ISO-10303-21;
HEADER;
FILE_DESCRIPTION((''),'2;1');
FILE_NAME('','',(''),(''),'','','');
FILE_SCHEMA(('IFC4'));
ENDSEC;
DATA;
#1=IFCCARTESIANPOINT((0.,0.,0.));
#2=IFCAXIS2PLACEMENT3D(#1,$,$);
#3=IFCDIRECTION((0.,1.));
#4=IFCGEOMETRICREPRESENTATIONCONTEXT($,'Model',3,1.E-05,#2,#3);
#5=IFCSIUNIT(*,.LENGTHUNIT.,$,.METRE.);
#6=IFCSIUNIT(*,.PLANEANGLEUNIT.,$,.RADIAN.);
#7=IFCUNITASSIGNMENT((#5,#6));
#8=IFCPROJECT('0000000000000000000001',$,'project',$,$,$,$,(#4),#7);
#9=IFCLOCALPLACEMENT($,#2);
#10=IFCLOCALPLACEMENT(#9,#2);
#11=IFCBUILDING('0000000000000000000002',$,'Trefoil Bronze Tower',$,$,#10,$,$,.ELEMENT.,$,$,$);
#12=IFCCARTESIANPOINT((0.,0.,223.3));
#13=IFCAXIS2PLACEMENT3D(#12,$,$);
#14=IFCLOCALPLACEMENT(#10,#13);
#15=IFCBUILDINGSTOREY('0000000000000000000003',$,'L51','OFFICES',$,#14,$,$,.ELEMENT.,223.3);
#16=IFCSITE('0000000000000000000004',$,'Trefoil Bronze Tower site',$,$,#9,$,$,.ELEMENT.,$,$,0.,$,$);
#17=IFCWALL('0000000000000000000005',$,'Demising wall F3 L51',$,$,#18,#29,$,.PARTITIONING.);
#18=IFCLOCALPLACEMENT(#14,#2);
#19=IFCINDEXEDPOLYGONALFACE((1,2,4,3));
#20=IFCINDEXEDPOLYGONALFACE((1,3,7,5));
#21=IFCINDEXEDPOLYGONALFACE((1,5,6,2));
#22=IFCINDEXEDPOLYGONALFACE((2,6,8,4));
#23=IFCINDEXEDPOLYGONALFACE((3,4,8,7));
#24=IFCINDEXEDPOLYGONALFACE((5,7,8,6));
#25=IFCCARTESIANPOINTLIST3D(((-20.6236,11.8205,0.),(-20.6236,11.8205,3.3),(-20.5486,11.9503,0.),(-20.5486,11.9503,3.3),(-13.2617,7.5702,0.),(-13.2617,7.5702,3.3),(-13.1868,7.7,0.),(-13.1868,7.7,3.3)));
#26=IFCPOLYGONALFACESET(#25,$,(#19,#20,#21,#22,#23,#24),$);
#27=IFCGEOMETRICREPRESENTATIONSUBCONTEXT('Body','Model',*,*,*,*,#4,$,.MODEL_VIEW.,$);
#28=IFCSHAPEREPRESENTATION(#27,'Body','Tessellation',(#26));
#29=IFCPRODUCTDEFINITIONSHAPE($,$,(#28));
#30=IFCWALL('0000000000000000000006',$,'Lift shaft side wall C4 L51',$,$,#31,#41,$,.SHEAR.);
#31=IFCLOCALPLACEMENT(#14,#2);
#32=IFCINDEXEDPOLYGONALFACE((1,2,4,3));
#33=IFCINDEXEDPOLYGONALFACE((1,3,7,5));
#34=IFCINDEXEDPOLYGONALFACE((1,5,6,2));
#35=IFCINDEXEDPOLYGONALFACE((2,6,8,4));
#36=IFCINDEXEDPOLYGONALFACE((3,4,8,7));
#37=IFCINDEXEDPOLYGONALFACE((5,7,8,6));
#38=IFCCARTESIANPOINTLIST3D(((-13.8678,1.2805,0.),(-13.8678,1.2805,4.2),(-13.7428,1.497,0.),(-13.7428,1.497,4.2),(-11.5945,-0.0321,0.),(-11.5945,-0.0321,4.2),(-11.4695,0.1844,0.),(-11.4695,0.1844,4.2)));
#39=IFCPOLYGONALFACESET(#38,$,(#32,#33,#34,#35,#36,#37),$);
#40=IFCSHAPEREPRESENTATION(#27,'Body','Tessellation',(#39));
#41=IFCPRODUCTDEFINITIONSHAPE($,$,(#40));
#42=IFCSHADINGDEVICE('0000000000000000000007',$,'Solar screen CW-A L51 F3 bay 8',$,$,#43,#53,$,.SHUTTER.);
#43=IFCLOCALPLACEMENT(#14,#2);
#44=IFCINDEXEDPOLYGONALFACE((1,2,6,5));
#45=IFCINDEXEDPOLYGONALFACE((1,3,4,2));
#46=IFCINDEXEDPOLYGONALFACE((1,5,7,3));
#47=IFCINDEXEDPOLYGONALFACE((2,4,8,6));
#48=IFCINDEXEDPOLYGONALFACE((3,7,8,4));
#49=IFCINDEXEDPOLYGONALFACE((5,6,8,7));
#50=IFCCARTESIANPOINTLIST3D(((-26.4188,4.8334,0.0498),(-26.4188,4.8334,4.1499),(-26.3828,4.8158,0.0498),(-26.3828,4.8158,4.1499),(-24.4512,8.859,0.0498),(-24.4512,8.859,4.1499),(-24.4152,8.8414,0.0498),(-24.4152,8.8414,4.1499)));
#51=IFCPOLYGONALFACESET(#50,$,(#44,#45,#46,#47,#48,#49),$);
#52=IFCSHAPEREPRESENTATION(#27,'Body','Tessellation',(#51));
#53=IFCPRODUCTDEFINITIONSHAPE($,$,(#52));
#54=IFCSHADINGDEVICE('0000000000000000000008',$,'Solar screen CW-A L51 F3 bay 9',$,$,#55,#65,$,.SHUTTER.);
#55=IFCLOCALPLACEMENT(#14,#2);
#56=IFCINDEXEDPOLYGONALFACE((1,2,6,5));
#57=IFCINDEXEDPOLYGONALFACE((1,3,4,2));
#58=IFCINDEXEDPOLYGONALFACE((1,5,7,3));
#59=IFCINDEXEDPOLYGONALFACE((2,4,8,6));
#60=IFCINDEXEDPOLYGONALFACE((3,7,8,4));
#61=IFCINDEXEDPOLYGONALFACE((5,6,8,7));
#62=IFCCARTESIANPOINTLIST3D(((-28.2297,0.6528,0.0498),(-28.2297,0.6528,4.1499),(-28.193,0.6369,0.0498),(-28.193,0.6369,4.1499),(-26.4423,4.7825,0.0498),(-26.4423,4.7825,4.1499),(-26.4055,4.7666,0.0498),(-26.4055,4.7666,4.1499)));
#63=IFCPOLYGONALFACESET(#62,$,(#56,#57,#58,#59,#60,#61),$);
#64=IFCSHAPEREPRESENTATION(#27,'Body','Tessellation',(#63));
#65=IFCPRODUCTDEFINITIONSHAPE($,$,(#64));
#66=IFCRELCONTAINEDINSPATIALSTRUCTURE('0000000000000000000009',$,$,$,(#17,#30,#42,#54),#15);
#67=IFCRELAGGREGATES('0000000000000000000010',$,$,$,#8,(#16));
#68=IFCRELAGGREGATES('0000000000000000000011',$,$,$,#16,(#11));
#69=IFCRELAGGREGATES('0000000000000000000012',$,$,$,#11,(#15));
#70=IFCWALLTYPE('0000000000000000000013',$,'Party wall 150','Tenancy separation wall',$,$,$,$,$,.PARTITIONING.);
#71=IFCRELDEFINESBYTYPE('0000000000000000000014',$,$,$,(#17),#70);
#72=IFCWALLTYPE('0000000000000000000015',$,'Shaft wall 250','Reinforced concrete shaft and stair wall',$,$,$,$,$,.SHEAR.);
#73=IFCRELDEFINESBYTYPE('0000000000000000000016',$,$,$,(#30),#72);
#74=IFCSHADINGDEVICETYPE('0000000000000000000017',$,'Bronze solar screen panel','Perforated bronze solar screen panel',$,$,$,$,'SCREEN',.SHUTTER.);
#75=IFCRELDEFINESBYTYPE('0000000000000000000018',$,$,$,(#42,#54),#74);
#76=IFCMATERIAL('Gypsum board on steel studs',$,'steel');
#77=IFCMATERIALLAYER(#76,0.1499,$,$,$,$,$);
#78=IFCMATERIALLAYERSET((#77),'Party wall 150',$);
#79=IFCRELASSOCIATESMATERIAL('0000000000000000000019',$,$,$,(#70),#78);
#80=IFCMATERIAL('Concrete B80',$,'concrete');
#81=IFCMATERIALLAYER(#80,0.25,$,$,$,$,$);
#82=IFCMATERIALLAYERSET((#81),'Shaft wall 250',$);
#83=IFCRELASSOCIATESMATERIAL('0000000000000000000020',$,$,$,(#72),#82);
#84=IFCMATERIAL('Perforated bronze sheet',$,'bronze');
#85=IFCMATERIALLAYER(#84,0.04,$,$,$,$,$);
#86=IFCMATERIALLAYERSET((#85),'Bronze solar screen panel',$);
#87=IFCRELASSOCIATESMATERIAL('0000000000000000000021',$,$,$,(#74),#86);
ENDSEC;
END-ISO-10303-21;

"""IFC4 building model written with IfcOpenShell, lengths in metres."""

from ifc_helpers import new_model, si_unit, direction, frame, frame_2d, origin, origin_2d, place, context, subcontext, project, spatial, rectangle, extrude, material, layer, layer_set, type_object, element, save


model = new_model("IFC4")

# Units and contexts
model_context = context("Model", 3, precision=1e-05, world=origin(), true_north=direction((0.0, 1.0)))
body_context = subcontext(model_context, "Body", "Model", "MODEL_VIEW")
ifc_project = project(units=[si_unit("LENGTHUNIT", "METRE"), si_unit("PLANEANGLEUNIT", "RADIAN")], contexts=[model_context])

# Site, building, storey
site_placement = place(None, origin())
site = spatial("IfcSite", under=ifc_project, at=site_placement, Name="Trefoil Bronze Tower site", CompositionType="ELEMENT", RefElevation=0.0)
building_placement = place(site_placement, origin())
building = spatial("IfcBuilding", under=site, at=building_placement, Name="Trefoil Bronze Tower", CompositionType="ELEMENT")
storey_placement = place(building_placement, frame((0.0, 0.0, 223.3)))
storey = spatial("IfcBuildingStorey", under=building, at=storey_placement, Name="L51", Description="OFFICES", CompositionType="ELEMENT", Elevation=223.3)

# Walls
ifc_material_1 = material(Name="Gypsum board on steel studs", Category="steel")
ifc_layer_1 = layer(ifc_material_1, 0.1499)
ifc_layer_set_1 = layer_set([ifc_layer_1], Name="Party wall 150")
wall_type_1 = type_object("IfcWallType", Name="Party wall 150", Description="Tenancy separation wall", PredefinedType="PARTITIONING", material=ifc_layer_set_1)
wall_1_placement = place(storey_placement, frame((-13.2241, 7.635, 0.0), z_axis=(0.0, 0.0, 1.0), x_axis=(-0.866031, 0.499991, 0.0)))
element("IfcWall", 1, at=wall_1_placement, inside=storey, type_object=wall_type_1, Name="Demising wall F3 L51", PredefinedType="PARTITIONING", context=body_context, shape_type="SweptSolid", body=[
    extrude(rectangle(XDim=8.5007, YDim=0.1499, at=frame_2d((4.2505, 0.0))), origin(), (0.0, 0.0, 1.0), 3.3),
])
ifc_material_2 = material(Name="Concrete B80", Category="concrete")
ifc_layer_2 = layer(ifc_material_2, 0.25)
ifc_layer_set_2 = layer_set([ifc_layer_2], Name="Shaft wall 250")
wall_type_2 = type_object("IfcWallType", Name="Shaft wall 250", Description="Reinforced concrete shaft and stair wall", PredefinedType="SHEAR", material=ifc_layer_set_2)
wall_2_placement = place(storey_placement, frame((-11.532, 0.0762, 0.0), z_axis=(0.0, 0.0, 1.0), x_axis=(-0.866014, 0.50002, 0.0)))
element("IfcWall", 2, at=wall_2_placement, inside=storey, type_object=wall_type_2, Name="Lift shaft side wall C4 L51", PredefinedType="SHEAR", context=body_context, shape_type="SweptSolid", body=[
    extrude(rectangle(XDim=2.625, YDim=0.25, at=frame_2d((1.3125, 0.0))), origin(), (0.0, 0.0, 1.0), 4.2),
])

# Shading devices
ifc_material_3 = material(Name="Perforated bronze sheet", Category="bronze")
ifc_layer_3 = layer(ifc_material_3, 0.04)
ifc_layer_set_3 = layer_set([ifc_layer_3], Name="Bronze solar screen panel")
shading_device_type = type_object("IfcShadingDeviceType", Name="Bronze solar screen panel", Description="Perforated bronze solar screen panel", ElementType="SCREEN", PredefinedType="SHUTTER", material=ifc_layer_set_3)
shading_device_1_placement = place(storey_placement, frame((-25.417, 6.8374, 0.0498), z_axis=(0.0, 0.0, 1.0), x_axis=(-0.439129, -0.898424, 0.0)))
element("IfcShadingDevice", 3, at=shading_device_1_placement, inside=storey, type_object=shading_device_type, Name="Solar screen CW-A L51 F3 bay 8", PredefinedType="SHUTTER", context=body_context, shape_type="SweptSolid", body=[
    extrude(rectangle(XDim=4.4807, YDim=0.04, at=origin_2d()), origin(), (0.0, 0.0, 1.0), 4.1001),
])
shading_device_2_placement = place(storey_placement, frame((-27.3176, 2.7097, 0.0498), z_axis=(0.0, 0.0, 1.0), x_axis=(-0.39722, -0.917723, 0.0)))
element("IfcShadingDevice", 4, at=shading_device_2_placement, inside=storey, type_object=shading_device_type, Name="Solar screen CW-A L51 F3 bay 9", PredefinedType="SHUTTER", context=body_context, shape_type="SweptSolid", body=[
    extrude(rectangle(XDim=4.5, YDim=0.04, at=origin_2d()), origin(), (0.0, 0.0, 1.0), 4.1001),
])

save(model, "model.ifc")
